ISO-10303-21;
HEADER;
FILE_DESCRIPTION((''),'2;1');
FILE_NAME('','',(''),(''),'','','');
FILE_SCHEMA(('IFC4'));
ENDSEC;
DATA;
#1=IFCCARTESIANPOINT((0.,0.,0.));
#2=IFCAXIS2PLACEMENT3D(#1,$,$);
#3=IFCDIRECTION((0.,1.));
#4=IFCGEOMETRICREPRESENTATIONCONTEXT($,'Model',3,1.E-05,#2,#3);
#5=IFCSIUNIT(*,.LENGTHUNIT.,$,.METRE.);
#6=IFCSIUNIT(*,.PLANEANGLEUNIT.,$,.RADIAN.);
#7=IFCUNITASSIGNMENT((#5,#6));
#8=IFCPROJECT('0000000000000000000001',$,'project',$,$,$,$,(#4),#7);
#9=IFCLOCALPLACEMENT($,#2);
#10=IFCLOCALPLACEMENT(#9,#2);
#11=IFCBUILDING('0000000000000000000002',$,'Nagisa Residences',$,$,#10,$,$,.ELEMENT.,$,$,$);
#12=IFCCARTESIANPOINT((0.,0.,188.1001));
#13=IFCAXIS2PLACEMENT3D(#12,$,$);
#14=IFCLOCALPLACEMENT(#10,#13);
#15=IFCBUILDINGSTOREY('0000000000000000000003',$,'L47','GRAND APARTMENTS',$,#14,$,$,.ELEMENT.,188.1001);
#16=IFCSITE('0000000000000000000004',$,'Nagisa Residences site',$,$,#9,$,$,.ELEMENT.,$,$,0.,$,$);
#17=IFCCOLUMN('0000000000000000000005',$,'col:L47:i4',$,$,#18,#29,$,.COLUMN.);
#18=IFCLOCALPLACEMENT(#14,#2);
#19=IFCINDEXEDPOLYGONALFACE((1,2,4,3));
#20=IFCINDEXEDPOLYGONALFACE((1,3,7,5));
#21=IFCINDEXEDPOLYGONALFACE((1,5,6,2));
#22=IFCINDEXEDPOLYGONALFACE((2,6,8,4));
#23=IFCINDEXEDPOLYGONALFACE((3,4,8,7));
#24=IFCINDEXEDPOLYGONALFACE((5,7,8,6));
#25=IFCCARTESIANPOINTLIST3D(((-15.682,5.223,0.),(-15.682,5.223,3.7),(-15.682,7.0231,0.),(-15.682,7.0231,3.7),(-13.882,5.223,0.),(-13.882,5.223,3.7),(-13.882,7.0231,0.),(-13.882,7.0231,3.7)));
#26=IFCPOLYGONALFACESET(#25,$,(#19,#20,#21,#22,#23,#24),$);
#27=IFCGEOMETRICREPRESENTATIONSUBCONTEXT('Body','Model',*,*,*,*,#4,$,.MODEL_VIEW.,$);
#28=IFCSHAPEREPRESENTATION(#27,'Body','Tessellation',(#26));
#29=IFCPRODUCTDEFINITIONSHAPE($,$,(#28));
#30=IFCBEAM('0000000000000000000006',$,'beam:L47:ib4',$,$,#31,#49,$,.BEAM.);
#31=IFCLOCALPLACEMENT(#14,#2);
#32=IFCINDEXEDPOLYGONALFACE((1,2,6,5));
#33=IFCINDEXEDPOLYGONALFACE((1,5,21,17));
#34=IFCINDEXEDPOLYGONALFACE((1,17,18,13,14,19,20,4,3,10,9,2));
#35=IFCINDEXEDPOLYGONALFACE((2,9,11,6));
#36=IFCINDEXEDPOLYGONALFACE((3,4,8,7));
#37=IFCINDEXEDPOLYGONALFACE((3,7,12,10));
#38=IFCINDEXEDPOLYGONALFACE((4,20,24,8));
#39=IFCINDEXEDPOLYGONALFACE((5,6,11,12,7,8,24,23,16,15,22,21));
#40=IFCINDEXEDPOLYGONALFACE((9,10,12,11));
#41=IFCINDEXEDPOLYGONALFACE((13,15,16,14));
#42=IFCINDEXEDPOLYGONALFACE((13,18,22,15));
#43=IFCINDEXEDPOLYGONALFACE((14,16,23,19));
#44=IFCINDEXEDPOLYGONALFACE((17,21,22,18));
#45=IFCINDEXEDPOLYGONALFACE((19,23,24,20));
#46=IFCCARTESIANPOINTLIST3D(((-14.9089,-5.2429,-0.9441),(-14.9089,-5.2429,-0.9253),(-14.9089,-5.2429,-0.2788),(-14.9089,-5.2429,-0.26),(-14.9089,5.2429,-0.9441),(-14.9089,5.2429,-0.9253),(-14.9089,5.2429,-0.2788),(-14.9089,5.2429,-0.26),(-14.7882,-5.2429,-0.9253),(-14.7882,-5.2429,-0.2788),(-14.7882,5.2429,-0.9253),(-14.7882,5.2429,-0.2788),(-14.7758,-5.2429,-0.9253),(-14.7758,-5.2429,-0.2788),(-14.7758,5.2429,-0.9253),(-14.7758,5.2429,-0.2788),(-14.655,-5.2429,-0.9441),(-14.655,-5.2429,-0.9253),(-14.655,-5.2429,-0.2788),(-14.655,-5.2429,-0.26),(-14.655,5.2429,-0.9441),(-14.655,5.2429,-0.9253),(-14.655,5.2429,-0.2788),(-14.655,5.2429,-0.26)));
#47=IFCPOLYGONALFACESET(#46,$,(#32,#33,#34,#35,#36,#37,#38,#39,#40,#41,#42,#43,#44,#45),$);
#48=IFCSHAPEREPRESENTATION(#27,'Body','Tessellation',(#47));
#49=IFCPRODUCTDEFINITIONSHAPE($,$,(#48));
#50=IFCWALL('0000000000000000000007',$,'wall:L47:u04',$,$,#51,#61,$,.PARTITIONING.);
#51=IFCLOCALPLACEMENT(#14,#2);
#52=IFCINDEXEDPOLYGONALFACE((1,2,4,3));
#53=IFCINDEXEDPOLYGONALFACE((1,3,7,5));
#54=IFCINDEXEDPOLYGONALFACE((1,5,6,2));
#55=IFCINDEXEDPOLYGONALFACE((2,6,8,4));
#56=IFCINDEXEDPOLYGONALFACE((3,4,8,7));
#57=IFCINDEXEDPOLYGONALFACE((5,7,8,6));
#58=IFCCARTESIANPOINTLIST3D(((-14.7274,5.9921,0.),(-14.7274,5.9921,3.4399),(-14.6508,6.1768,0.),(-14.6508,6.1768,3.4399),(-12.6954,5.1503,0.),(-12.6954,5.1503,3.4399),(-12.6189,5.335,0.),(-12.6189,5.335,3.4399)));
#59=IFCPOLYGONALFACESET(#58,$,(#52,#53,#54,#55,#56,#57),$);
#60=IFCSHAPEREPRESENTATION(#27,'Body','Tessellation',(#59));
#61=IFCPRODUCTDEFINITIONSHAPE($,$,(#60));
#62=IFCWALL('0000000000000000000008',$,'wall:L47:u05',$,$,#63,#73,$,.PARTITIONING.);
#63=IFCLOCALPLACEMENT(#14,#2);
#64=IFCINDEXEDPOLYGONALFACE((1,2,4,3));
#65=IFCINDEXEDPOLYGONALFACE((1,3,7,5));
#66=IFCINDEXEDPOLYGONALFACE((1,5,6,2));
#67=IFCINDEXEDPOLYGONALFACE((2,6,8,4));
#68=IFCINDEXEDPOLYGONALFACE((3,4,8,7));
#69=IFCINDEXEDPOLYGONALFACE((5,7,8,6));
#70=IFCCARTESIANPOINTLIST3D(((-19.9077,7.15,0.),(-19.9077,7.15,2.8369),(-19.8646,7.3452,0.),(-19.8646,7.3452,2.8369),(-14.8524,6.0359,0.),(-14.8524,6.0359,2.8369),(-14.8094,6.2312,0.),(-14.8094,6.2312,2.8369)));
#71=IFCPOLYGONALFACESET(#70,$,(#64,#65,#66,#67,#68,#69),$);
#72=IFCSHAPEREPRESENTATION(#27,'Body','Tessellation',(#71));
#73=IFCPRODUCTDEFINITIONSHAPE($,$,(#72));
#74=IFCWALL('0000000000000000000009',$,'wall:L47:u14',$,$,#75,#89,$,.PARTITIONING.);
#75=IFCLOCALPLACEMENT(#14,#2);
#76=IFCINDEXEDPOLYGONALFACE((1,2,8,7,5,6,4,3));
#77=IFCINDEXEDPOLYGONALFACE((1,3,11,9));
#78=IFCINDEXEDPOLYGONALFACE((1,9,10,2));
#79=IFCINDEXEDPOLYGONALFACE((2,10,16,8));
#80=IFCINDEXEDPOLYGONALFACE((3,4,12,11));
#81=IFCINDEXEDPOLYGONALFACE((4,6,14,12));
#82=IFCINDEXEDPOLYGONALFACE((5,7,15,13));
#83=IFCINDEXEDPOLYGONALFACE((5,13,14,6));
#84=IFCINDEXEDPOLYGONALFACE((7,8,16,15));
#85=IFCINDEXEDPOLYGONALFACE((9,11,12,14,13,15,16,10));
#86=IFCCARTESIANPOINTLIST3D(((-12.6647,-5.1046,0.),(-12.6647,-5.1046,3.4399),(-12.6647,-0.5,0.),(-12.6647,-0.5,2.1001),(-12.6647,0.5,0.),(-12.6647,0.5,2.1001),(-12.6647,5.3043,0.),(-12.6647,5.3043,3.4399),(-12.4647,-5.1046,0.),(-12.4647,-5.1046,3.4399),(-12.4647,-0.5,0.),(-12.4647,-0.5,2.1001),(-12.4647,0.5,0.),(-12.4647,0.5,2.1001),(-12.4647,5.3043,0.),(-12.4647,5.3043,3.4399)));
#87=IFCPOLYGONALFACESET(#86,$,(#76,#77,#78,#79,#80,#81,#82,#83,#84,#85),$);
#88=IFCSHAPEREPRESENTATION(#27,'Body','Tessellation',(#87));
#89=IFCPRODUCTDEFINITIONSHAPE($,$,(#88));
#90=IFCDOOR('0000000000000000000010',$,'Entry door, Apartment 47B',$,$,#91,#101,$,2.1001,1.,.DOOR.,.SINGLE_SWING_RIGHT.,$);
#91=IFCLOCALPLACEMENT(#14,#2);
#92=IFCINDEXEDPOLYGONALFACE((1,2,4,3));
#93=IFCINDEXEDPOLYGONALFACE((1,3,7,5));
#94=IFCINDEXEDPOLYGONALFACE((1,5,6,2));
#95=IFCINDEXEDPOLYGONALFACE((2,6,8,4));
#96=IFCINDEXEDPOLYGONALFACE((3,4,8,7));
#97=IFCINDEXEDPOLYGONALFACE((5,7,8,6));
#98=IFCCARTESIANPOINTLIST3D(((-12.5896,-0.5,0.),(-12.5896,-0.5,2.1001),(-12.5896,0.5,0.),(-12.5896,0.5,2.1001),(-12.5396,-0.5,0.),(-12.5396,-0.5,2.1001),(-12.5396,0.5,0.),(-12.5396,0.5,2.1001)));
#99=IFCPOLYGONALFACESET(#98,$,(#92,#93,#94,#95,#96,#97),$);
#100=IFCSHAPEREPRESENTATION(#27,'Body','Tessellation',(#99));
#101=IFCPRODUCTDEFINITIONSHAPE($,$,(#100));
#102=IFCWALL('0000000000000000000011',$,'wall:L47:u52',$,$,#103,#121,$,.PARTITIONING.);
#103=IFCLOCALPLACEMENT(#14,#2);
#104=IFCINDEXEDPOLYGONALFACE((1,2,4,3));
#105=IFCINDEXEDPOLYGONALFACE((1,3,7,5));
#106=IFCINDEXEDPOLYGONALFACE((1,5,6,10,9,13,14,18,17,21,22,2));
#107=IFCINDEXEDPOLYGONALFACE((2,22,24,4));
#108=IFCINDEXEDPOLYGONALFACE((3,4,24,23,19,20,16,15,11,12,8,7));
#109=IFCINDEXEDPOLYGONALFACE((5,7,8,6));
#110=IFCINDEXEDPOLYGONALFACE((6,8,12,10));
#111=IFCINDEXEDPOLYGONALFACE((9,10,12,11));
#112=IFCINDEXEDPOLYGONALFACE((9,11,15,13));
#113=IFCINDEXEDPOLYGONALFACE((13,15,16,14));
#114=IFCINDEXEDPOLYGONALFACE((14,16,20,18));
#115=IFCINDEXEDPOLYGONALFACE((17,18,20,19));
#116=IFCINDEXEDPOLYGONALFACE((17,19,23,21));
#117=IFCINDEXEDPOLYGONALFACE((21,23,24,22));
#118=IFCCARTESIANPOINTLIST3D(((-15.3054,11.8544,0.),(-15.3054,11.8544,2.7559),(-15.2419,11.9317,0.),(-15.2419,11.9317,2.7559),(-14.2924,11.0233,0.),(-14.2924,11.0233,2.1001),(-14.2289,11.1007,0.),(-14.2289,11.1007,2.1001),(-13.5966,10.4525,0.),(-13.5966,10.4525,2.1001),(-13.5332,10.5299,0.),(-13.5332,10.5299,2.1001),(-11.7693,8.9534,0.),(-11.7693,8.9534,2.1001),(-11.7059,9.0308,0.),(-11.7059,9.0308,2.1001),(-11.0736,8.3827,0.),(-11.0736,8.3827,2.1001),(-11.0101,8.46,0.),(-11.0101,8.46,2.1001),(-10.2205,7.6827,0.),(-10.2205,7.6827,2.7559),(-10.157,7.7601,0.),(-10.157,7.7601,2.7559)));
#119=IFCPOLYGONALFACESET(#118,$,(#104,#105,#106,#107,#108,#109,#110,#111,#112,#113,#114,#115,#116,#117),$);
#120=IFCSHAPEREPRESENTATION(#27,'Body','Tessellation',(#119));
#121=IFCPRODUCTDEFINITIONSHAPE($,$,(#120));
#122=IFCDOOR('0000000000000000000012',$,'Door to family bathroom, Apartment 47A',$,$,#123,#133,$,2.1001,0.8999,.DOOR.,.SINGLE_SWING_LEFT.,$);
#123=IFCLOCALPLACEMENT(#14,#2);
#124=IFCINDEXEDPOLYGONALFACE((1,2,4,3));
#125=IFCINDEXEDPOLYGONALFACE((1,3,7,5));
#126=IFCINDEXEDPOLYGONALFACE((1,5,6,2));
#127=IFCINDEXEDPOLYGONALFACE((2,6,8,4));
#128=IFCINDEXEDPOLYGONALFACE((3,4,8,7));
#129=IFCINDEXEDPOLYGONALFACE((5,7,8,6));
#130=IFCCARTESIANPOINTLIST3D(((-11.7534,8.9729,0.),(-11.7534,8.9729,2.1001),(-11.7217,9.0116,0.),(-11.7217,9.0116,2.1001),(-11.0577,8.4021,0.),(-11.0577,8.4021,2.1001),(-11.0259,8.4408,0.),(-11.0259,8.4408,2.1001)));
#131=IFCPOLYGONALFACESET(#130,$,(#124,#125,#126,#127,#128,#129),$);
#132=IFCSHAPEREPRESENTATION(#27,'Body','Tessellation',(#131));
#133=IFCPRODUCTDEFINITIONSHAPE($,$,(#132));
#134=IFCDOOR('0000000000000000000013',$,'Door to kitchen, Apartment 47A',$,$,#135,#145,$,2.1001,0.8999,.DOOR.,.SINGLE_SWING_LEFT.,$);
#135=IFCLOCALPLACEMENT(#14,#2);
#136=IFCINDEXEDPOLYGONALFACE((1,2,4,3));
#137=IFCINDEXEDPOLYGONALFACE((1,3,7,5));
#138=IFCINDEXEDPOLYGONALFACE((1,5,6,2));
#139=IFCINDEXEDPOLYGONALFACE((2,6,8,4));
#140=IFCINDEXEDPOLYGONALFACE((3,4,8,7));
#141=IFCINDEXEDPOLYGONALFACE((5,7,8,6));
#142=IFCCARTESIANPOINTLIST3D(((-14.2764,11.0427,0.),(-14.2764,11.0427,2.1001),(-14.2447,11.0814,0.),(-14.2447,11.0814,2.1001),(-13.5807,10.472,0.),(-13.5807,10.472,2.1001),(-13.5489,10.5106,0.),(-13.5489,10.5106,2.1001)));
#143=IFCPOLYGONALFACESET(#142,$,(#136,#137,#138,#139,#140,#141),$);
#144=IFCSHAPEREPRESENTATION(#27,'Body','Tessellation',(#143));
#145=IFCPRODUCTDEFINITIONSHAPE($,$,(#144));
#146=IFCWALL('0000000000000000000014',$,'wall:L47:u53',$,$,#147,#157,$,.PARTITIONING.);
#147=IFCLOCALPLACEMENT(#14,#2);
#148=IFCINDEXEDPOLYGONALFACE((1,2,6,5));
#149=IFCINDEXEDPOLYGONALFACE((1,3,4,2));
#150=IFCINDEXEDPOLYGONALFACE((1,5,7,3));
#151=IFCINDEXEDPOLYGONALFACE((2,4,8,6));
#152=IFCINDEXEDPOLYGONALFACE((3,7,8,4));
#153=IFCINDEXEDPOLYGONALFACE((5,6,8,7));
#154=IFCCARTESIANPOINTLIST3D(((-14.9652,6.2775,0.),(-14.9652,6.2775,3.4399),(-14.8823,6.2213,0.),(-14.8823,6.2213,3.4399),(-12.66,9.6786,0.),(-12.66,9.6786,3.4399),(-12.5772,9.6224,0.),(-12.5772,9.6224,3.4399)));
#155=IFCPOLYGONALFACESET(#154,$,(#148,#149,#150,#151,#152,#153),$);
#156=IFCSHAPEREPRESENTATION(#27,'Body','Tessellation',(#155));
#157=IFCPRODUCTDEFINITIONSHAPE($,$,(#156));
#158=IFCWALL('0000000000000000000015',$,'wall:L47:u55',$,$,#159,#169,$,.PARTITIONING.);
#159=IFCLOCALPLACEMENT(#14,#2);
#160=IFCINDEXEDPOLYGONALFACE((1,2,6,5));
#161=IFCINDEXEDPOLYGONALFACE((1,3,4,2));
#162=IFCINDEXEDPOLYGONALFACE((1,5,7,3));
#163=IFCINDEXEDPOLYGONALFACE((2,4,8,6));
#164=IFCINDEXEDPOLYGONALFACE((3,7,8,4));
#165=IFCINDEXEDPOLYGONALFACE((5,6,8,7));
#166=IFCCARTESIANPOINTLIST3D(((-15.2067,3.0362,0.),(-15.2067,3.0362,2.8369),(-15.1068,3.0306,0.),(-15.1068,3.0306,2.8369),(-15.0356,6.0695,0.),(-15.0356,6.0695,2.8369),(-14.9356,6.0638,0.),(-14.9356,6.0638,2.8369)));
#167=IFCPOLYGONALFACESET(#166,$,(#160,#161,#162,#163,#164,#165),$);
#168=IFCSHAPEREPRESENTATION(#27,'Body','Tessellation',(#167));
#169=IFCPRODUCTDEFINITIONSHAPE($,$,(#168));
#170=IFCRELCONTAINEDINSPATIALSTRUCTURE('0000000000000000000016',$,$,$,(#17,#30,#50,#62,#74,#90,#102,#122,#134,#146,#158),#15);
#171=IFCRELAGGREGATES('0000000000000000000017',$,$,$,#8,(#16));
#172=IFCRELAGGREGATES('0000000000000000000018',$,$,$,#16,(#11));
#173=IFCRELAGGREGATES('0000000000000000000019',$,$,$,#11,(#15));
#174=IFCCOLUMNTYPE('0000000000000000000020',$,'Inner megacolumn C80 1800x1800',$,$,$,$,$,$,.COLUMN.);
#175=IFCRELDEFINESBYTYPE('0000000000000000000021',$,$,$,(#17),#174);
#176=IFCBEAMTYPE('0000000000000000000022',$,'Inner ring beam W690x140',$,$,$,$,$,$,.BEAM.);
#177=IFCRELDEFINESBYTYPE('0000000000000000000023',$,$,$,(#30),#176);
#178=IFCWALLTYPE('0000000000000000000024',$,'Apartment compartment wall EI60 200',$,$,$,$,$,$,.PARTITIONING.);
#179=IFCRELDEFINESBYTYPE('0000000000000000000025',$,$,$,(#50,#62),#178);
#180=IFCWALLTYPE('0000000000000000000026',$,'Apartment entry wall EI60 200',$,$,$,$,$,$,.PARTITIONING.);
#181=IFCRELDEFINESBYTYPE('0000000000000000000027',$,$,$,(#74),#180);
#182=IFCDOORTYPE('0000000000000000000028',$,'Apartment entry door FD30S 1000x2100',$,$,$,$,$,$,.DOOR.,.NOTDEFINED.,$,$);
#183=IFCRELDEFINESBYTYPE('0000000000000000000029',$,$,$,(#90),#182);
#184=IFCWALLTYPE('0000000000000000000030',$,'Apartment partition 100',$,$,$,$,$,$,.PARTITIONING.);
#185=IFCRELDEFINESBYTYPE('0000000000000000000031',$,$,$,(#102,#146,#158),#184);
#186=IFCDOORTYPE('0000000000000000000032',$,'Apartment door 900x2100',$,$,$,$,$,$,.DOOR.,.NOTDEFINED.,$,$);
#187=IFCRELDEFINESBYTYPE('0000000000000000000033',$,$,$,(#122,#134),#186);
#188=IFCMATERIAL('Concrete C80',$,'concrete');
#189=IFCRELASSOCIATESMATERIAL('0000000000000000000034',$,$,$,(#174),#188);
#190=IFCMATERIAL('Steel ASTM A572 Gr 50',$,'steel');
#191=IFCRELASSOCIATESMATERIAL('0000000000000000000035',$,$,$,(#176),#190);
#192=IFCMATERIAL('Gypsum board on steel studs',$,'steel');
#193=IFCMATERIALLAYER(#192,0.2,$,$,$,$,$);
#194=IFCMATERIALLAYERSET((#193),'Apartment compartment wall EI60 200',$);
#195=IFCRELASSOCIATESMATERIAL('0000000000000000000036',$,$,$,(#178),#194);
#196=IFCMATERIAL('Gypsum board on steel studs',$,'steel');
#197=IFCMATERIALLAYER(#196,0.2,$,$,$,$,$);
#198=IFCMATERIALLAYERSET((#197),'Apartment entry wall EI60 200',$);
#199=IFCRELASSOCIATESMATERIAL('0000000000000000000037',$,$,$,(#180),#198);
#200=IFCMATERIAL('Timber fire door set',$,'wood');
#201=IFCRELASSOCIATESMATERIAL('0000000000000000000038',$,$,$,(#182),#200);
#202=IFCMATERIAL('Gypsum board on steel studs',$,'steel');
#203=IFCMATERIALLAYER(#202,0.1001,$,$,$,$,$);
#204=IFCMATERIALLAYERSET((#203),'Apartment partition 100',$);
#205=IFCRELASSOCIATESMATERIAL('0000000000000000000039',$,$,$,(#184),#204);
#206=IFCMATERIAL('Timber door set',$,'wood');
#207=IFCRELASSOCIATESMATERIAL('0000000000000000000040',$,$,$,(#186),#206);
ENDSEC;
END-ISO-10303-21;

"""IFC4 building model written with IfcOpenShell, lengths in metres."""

from ifc_helpers import new_model, si_unit, direction, frame, frame_2d, origin, origin_2d, place, context, subcontext, project, spatial, rectangle, i_section, extrude, material, layer, layer_set, material_profile, profile_set, type_object, element, fill, save


model = new_model("IFC4")

# Units and contexts
model_context = context("Model", 3, precision=1e-05, world=origin(), true_north=direction((0.0, 1.0)))
body_context = subcontext(model_context, "Body", "Model", "MODEL_VIEW")
ifc_project = project(units=[si_unit("LENGTHUNIT", "METRE"), si_unit("PLANEANGLEUNIT", "RADIAN")], contexts=[model_context])

# Site, building, storey
site_placement = place(None, origin())
site = spatial("IfcSite", under=ifc_project, at=site_placement, Name="Nagisa Residences site", CompositionType="ELEMENT", RefElevation=0.0)
building_placement = place(site_placement, origin())
building = spatial("IfcBuilding", under=site, at=building_placement, Name="Nagisa Residences", CompositionType="ELEMENT")
storey_placement = place(building_placement, frame((0.0, 0.0, 188.1001)))
storey = spatial("IfcBuildingStorey", under=building, at=storey_placement, Name="L47", Description="GRAND APARTMENTS", CompositionType="ELEMENT", Elevation=188.1001)

# Column
ifc_material_1 = material(Name="Concrete C80", Category="concrete")
ifc_material_profile_1 = material_profile(ifc_material_1, rectangle(XDim=1.8, YDim=1.8, at=origin_2d()), Name="C80 1800x1800")
ifc_profile_set_1 = profile_set([ifc_material_profile_1], Name="Concrete C80")
column_type = type_object("IfcColumnType", Name="Inner megacolumn C80 1800x1800", PredefinedType="COLUMN", material=ifc_profile_set_1)
column_placement = place(storey_placement, frame((-14.782, 6.123, 0.0), z_axis=(0.0, 0.0, 1.0), x_axis=(1.0, 0.0, 0.0)))
element("IfcColumn", 1, at=column_placement, inside=storey, type_object=column_type, Name="col:L47:i4", PredefinedType="COLUMN", context=body_context, shape_type="SweptSolid", body=[
    extrude(rectangle(XDim=1.8, YDim=1.8, at=origin_2d()), origin(), (0.0, 0.0, 1.0), 3.7),
])

# Beam
ifc_material_2 = material(Name="Steel ASTM A572 Gr 50", Category="steel")
ifc_material_profile_2 = material_profile(ifc_material_2, i_section(OverallWidth=0.2539, OverallDepth=0.6841, WebThickness=0.0125, FlangeThickness=0.0188, at=origin_2d()), Name="W690x140")
ifc_profile_set_2 = profile_set([ifc_material_profile_2], Name="Steel ASTM A572 Gr 50")
beam_type = type_object("IfcBeamType", Name="Inner ring beam W690x140", PredefinedType="BEAM", material=ifc_profile_set_2)
beam_placement = place(storey_placement, frame((-14.782, 5.2429, -0.6021), z_axis=(0.0, -1.0, 0.0), x_axis=(1.0, 0.0, 0.0)))
element("IfcBeam", 2, at=beam_placement, inside=storey, type_object=beam_type, Name="beam:L47:ib4", PredefinedType="BEAM", context=body_context, shape_type="SweptSolid", body=[
    extrude(i_section(OverallWidth=0.2539, OverallDepth=0.6841, WebThickness=0.0125, FlangeThickness=0.0188, at=origin_2d()), origin(), (0.0, 0.0, 1.0), 10.4858),
])

# Walls
ifc_material_3 = material(Name="Gypsum board on steel studs", Category="steel")
ifc_layer_1 = layer(ifc_material_3, 0.2)
ifc_layer_set_1 = layer_set([ifc_layer_1], Name="Apartment compartment wall EI60 200")
wall_type_1 = type_object("IfcWallType", Name="Apartment compartment wall EI60 200", PredefinedType="PARTITIONING", material=ifc_layer_set_1)
wall_1_placement = place(storey_placement, frame((-12.6572, 5.2427, 0.0), z_axis=(0.0, 0.0, 1.0), x_axis=(-0.92386, 0.382731, 0.0)))
element("IfcWall", 3, at=wall_1_placement, inside=storey, type_object=wall_type_1, Name="wall:L47:u04", PredefinedType="PARTITIONING", context=body_context, shape_type="SweptSolid", body=[
    extrude(rectangle(XDim=2.1995, YDim=0.2, at=frame_2d((1.0996, 0.0))), origin(), (0.0, 0.0, 1.0), 3.4399),
])
wall_2_placement = place(storey_placement, frame((-14.8308, 6.1335, 0.0), z_axis=(0.0, 0.0, 1.0), x_axis=(-0.976568, 0.215207, 0.0)))
element("IfcWall", 4, at=wall_2_placement, inside=storey, type_object=wall_type_1, Name="wall:L47:u05", PredefinedType="PARTITIONING", context=body_context, shape_type="SweptSolid", body=[
    extrude(rectangle(XDim=5.1765, YDim=0.2, at=frame_2d((2.5884, 0.0))), origin(), (0.0, 0.0, 1.0), 2.8369),
])

# Wall, opening, door
ifc_material_4 = material(Name="Gypsum board on steel studs", Category="steel")
ifc_layer_2 = layer(ifc_material_4, 0.2)
ifc_layer_set_2 = layer_set([ifc_layer_2], Name="Apartment entry wall EI60 200")
wall_type_2 = type_object("IfcWallType", Name="Apartment entry wall EI60 200", PredefinedType="PARTITIONING", material=ifc_layer_set_2)
wall_3_placement = place(storey_placement, frame((-12.5647, 5.3044, 0.0), z_axis=(0.0, 0.0, 1.0), x_axis=(0.0, -1.0, 0.0)))
wall_3 = element("IfcWall", 5, at=wall_3_placement, inside=storey, type_object=wall_type_2, Name="wall:L47:u14", PredefinedType="PARTITIONING", context=body_context, shape_type="SweptSolid", body=[
    extrude(rectangle(XDim=10.4089, YDim=0.2, at=frame_2d((5.2046, 0.0))), origin(), (0.0, 0.0, 1.0), 3.4399),
])
opening_1_placement = place(wall_3_placement, frame((4.8044, 0.0, 0.0)))
opening_1 = element("IfcOpeningElement", 6, at=opening_1_placement, cuts=wall_3, PredefinedType="OPENING", context=body_context, shape_type="SweptSolid", body=[
    extrude(rectangle(XDim=1.0, YDim=2.1001, at=frame_2d((0.5, 1.05))), frame((0.0, 0.1099, 0.0), z_axis=(0.0, -1.0, 0.0), x_axis=(1.0, 0.0, 0.0)), (0.0, 0.0, 1.0), 0.22),
])
ifc_material_5 = material(Name="Timber fire door set", Category="wood")
door_type_1 = type_object("IfcDoorType", Name="Apartment entry door FD30S 1000x2100", OperationType="NOTDEFINED", PredefinedType="DOOR", material=ifc_material_5)
door_1_placement = place(opening_1_placement, frame((1.0, 0.0, 0.0), x_axis=(-1.0, 0.0, 0.0)))
door_1 = element("IfcDoor", 7, at=door_1_placement, inside=storey, type_object=door_type_1, Name="Entry door, Apartment 47B", OperationType="SINGLE_SWING_RIGHT", OverallHeight=2.1001, OverallWidth=1.0, PredefinedType="DOOR", context=body_context, shape_type="SweptSolid", body=[
    extrude(rectangle(XDim=1.0, YDim=2.1001, at=frame_2d((0.5, 1.05))), frame((0.0, 0.0249, 0.0), z_axis=(0.0, -1.0, 0.0), x_axis=(1.0, 0.0, 0.0)), (0.0, 0.0, 1.0), 0.05),
])
fill(opening_1, door_1)

# Wall, openings, doors
ifc_material_6 = material(Name="Gypsum board on steel studs", Category="steel")
ifc_layer_3 = layer(ifc_material_6, 0.1001)
ifc_layer_set_3 = layer_set([ifc_layer_3], Name="Apartment partition 100")
wall_type_3 = type_object("IfcWallType", Name="Apartment partition 100", PredefinedType="PARTITIONING", material=ifc_layer_set_3)
wall_4_placement = place(storey_placement, frame((-10.1887, 7.7214, 0.0), z_axis=(0.0, 0.0, 1.0), x_axis=(-0.773121, 0.634258, 0.0)))
wall_4 = element("IfcWall", 8, at=wall_4_placement, inside=storey, type_object=wall_type_3, Name="wall:L47:u52", PredefinedType="PARTITIONING", context=body_context, shape_type="SweptSolid", body=[
    extrude(rectangle(XDim=6.5771, YDim=0.1001, at=frame_2d((3.2886, 0.0))), origin(), (0.0, 0.0, 1.0), 2.7559),
])
opening_2_placement = place(wall_4_placement, frame((1.1035, 0.0, 0.0)))
opening_2 = element("IfcOpeningElement", 9, at=opening_2_placement, cuts=wall_4, PredefinedType="OPENING", context=body_context, shape_type="SweptSolid", body=[
    extrude(rectangle(XDim=0.8999, YDim=2.1001, at=frame_2d((0.45, 1.05))), frame((0.0, 0.0601, 0.0), z_axis=(0.0, -1.0, 0.0), x_axis=(1.0, 0.0, 0.0)), (0.0, 0.0, 1.0), 0.1201),
])
opening_3_placement = place(wall_4_placement, frame((4.3669, 0.0, 0.0)))
opening_3 = element("IfcOpeningElement", 10, at=opening_3_placement, cuts=wall_4, PredefinedType="OPENING", context=body_context, shape_type="SweptSolid", body=[
    extrude(rectangle(XDim=0.8999, YDim=2.1001, at=frame_2d((0.45, 1.05))), frame((0.0, 0.0601, 0.0), z_axis=(0.0, -1.0, 0.0), x_axis=(1.0, 0.0, 0.0)), (0.0, 0.0, 1.0), 0.1201),
])
ifc_material_7 = material(Name="Timber door set", Category="wood")
door_type_2 = type_object("IfcDoorType", Name="Apartment door 900x2100", OperationType="NOTDEFINED", PredefinedType="DOOR", material=ifc_material_7)
door_2_placement = place(opening_2_placement, origin())
door_2 = element("IfcDoor", 11, at=door_2_placement, inside=storey, type_object=door_type_2, Name="Door to family bathroom, Apartment 47A", OperationType="SINGLE_SWING_LEFT", OverallHeight=2.1001, OverallWidth=0.8999, PredefinedType="DOOR", context=body_context, shape_type="SweptSolid", body=[
    extrude(rectangle(XDim=0.8999, YDim=2.1001, at=frame_2d((0.45, 1.05))), frame((0.0, 0.0249, 0.0), z_axis=(0.0, -1.0, 0.0), x_axis=(1.0, 0.0, 0.0)), (0.0, 0.0, 1.0), 0.05),
])
fill(opening_2, door_2)
door_3_placement = place(opening_3_placement, origin())
door_3 = element("IfcDoor", 12, at=door_3_placement, inside=storey, type_object=door_type_2, Name="Door to kitchen, Apartment 47A", OperationType="SINGLE_SWING_LEFT", OverallHeight=2.1001, OverallWidth=0.8999, PredefinedType="DOOR", context=body_context, shape_type="SweptSolid", body=[
    extrude(rectangle(XDim=0.8999, YDim=2.1001, at=frame_2d((0.45, 1.05))), frame((0.0, 0.0249, 0.0), z_axis=(0.0, -1.0, 0.0), x_axis=(1.0, 0.0, 0.0)), (0.0, 0.0, 1.0), 0.05),
])
fill(opening_3, door_3)

# Walls
wall_5_placement = place(storey_placement, frame((-12.6187, 9.6504, 0.0), z_axis=(0.0, 0.0, 1.0), x_axis=(-0.561047, -0.827784, 0.0)))
element("IfcWall", 13, at=wall_5_placement, inside=storey, type_object=wall_type_3, Name="wall:L47:u53", PredefinedType="PARTITIONING", context=body_context, shape_type="SweptSolid", body=[
    extrude(rectangle(XDim=4.1086, YDim=0.1001, at=frame_2d((2.0542, 0.0))), origin(), (0.0, 0.0, 1.0), 3.4399),
])
wall_6_placement = place(storey_placement, frame((-14.9856, 6.0667, 0.0), z_axis=(0.0, 0.0, 1.0), x_axis=(-0.056333, -0.998412, 0.0)))
element("IfcWall", 14, at=wall_6_placement, inside=storey, type_object=wall_type_3, Name="wall:L47:u55", PredefinedType="PARTITIONING", context=body_context, shape_type="SweptSolid", body=[
    extrude(rectangle(XDim=3.0381, YDim=0.1001, at=frame_2d((1.519, 0.0))), origin(), (0.0, 0.0, 1.0), 2.8369),
])

save(model, "model.ifc")
